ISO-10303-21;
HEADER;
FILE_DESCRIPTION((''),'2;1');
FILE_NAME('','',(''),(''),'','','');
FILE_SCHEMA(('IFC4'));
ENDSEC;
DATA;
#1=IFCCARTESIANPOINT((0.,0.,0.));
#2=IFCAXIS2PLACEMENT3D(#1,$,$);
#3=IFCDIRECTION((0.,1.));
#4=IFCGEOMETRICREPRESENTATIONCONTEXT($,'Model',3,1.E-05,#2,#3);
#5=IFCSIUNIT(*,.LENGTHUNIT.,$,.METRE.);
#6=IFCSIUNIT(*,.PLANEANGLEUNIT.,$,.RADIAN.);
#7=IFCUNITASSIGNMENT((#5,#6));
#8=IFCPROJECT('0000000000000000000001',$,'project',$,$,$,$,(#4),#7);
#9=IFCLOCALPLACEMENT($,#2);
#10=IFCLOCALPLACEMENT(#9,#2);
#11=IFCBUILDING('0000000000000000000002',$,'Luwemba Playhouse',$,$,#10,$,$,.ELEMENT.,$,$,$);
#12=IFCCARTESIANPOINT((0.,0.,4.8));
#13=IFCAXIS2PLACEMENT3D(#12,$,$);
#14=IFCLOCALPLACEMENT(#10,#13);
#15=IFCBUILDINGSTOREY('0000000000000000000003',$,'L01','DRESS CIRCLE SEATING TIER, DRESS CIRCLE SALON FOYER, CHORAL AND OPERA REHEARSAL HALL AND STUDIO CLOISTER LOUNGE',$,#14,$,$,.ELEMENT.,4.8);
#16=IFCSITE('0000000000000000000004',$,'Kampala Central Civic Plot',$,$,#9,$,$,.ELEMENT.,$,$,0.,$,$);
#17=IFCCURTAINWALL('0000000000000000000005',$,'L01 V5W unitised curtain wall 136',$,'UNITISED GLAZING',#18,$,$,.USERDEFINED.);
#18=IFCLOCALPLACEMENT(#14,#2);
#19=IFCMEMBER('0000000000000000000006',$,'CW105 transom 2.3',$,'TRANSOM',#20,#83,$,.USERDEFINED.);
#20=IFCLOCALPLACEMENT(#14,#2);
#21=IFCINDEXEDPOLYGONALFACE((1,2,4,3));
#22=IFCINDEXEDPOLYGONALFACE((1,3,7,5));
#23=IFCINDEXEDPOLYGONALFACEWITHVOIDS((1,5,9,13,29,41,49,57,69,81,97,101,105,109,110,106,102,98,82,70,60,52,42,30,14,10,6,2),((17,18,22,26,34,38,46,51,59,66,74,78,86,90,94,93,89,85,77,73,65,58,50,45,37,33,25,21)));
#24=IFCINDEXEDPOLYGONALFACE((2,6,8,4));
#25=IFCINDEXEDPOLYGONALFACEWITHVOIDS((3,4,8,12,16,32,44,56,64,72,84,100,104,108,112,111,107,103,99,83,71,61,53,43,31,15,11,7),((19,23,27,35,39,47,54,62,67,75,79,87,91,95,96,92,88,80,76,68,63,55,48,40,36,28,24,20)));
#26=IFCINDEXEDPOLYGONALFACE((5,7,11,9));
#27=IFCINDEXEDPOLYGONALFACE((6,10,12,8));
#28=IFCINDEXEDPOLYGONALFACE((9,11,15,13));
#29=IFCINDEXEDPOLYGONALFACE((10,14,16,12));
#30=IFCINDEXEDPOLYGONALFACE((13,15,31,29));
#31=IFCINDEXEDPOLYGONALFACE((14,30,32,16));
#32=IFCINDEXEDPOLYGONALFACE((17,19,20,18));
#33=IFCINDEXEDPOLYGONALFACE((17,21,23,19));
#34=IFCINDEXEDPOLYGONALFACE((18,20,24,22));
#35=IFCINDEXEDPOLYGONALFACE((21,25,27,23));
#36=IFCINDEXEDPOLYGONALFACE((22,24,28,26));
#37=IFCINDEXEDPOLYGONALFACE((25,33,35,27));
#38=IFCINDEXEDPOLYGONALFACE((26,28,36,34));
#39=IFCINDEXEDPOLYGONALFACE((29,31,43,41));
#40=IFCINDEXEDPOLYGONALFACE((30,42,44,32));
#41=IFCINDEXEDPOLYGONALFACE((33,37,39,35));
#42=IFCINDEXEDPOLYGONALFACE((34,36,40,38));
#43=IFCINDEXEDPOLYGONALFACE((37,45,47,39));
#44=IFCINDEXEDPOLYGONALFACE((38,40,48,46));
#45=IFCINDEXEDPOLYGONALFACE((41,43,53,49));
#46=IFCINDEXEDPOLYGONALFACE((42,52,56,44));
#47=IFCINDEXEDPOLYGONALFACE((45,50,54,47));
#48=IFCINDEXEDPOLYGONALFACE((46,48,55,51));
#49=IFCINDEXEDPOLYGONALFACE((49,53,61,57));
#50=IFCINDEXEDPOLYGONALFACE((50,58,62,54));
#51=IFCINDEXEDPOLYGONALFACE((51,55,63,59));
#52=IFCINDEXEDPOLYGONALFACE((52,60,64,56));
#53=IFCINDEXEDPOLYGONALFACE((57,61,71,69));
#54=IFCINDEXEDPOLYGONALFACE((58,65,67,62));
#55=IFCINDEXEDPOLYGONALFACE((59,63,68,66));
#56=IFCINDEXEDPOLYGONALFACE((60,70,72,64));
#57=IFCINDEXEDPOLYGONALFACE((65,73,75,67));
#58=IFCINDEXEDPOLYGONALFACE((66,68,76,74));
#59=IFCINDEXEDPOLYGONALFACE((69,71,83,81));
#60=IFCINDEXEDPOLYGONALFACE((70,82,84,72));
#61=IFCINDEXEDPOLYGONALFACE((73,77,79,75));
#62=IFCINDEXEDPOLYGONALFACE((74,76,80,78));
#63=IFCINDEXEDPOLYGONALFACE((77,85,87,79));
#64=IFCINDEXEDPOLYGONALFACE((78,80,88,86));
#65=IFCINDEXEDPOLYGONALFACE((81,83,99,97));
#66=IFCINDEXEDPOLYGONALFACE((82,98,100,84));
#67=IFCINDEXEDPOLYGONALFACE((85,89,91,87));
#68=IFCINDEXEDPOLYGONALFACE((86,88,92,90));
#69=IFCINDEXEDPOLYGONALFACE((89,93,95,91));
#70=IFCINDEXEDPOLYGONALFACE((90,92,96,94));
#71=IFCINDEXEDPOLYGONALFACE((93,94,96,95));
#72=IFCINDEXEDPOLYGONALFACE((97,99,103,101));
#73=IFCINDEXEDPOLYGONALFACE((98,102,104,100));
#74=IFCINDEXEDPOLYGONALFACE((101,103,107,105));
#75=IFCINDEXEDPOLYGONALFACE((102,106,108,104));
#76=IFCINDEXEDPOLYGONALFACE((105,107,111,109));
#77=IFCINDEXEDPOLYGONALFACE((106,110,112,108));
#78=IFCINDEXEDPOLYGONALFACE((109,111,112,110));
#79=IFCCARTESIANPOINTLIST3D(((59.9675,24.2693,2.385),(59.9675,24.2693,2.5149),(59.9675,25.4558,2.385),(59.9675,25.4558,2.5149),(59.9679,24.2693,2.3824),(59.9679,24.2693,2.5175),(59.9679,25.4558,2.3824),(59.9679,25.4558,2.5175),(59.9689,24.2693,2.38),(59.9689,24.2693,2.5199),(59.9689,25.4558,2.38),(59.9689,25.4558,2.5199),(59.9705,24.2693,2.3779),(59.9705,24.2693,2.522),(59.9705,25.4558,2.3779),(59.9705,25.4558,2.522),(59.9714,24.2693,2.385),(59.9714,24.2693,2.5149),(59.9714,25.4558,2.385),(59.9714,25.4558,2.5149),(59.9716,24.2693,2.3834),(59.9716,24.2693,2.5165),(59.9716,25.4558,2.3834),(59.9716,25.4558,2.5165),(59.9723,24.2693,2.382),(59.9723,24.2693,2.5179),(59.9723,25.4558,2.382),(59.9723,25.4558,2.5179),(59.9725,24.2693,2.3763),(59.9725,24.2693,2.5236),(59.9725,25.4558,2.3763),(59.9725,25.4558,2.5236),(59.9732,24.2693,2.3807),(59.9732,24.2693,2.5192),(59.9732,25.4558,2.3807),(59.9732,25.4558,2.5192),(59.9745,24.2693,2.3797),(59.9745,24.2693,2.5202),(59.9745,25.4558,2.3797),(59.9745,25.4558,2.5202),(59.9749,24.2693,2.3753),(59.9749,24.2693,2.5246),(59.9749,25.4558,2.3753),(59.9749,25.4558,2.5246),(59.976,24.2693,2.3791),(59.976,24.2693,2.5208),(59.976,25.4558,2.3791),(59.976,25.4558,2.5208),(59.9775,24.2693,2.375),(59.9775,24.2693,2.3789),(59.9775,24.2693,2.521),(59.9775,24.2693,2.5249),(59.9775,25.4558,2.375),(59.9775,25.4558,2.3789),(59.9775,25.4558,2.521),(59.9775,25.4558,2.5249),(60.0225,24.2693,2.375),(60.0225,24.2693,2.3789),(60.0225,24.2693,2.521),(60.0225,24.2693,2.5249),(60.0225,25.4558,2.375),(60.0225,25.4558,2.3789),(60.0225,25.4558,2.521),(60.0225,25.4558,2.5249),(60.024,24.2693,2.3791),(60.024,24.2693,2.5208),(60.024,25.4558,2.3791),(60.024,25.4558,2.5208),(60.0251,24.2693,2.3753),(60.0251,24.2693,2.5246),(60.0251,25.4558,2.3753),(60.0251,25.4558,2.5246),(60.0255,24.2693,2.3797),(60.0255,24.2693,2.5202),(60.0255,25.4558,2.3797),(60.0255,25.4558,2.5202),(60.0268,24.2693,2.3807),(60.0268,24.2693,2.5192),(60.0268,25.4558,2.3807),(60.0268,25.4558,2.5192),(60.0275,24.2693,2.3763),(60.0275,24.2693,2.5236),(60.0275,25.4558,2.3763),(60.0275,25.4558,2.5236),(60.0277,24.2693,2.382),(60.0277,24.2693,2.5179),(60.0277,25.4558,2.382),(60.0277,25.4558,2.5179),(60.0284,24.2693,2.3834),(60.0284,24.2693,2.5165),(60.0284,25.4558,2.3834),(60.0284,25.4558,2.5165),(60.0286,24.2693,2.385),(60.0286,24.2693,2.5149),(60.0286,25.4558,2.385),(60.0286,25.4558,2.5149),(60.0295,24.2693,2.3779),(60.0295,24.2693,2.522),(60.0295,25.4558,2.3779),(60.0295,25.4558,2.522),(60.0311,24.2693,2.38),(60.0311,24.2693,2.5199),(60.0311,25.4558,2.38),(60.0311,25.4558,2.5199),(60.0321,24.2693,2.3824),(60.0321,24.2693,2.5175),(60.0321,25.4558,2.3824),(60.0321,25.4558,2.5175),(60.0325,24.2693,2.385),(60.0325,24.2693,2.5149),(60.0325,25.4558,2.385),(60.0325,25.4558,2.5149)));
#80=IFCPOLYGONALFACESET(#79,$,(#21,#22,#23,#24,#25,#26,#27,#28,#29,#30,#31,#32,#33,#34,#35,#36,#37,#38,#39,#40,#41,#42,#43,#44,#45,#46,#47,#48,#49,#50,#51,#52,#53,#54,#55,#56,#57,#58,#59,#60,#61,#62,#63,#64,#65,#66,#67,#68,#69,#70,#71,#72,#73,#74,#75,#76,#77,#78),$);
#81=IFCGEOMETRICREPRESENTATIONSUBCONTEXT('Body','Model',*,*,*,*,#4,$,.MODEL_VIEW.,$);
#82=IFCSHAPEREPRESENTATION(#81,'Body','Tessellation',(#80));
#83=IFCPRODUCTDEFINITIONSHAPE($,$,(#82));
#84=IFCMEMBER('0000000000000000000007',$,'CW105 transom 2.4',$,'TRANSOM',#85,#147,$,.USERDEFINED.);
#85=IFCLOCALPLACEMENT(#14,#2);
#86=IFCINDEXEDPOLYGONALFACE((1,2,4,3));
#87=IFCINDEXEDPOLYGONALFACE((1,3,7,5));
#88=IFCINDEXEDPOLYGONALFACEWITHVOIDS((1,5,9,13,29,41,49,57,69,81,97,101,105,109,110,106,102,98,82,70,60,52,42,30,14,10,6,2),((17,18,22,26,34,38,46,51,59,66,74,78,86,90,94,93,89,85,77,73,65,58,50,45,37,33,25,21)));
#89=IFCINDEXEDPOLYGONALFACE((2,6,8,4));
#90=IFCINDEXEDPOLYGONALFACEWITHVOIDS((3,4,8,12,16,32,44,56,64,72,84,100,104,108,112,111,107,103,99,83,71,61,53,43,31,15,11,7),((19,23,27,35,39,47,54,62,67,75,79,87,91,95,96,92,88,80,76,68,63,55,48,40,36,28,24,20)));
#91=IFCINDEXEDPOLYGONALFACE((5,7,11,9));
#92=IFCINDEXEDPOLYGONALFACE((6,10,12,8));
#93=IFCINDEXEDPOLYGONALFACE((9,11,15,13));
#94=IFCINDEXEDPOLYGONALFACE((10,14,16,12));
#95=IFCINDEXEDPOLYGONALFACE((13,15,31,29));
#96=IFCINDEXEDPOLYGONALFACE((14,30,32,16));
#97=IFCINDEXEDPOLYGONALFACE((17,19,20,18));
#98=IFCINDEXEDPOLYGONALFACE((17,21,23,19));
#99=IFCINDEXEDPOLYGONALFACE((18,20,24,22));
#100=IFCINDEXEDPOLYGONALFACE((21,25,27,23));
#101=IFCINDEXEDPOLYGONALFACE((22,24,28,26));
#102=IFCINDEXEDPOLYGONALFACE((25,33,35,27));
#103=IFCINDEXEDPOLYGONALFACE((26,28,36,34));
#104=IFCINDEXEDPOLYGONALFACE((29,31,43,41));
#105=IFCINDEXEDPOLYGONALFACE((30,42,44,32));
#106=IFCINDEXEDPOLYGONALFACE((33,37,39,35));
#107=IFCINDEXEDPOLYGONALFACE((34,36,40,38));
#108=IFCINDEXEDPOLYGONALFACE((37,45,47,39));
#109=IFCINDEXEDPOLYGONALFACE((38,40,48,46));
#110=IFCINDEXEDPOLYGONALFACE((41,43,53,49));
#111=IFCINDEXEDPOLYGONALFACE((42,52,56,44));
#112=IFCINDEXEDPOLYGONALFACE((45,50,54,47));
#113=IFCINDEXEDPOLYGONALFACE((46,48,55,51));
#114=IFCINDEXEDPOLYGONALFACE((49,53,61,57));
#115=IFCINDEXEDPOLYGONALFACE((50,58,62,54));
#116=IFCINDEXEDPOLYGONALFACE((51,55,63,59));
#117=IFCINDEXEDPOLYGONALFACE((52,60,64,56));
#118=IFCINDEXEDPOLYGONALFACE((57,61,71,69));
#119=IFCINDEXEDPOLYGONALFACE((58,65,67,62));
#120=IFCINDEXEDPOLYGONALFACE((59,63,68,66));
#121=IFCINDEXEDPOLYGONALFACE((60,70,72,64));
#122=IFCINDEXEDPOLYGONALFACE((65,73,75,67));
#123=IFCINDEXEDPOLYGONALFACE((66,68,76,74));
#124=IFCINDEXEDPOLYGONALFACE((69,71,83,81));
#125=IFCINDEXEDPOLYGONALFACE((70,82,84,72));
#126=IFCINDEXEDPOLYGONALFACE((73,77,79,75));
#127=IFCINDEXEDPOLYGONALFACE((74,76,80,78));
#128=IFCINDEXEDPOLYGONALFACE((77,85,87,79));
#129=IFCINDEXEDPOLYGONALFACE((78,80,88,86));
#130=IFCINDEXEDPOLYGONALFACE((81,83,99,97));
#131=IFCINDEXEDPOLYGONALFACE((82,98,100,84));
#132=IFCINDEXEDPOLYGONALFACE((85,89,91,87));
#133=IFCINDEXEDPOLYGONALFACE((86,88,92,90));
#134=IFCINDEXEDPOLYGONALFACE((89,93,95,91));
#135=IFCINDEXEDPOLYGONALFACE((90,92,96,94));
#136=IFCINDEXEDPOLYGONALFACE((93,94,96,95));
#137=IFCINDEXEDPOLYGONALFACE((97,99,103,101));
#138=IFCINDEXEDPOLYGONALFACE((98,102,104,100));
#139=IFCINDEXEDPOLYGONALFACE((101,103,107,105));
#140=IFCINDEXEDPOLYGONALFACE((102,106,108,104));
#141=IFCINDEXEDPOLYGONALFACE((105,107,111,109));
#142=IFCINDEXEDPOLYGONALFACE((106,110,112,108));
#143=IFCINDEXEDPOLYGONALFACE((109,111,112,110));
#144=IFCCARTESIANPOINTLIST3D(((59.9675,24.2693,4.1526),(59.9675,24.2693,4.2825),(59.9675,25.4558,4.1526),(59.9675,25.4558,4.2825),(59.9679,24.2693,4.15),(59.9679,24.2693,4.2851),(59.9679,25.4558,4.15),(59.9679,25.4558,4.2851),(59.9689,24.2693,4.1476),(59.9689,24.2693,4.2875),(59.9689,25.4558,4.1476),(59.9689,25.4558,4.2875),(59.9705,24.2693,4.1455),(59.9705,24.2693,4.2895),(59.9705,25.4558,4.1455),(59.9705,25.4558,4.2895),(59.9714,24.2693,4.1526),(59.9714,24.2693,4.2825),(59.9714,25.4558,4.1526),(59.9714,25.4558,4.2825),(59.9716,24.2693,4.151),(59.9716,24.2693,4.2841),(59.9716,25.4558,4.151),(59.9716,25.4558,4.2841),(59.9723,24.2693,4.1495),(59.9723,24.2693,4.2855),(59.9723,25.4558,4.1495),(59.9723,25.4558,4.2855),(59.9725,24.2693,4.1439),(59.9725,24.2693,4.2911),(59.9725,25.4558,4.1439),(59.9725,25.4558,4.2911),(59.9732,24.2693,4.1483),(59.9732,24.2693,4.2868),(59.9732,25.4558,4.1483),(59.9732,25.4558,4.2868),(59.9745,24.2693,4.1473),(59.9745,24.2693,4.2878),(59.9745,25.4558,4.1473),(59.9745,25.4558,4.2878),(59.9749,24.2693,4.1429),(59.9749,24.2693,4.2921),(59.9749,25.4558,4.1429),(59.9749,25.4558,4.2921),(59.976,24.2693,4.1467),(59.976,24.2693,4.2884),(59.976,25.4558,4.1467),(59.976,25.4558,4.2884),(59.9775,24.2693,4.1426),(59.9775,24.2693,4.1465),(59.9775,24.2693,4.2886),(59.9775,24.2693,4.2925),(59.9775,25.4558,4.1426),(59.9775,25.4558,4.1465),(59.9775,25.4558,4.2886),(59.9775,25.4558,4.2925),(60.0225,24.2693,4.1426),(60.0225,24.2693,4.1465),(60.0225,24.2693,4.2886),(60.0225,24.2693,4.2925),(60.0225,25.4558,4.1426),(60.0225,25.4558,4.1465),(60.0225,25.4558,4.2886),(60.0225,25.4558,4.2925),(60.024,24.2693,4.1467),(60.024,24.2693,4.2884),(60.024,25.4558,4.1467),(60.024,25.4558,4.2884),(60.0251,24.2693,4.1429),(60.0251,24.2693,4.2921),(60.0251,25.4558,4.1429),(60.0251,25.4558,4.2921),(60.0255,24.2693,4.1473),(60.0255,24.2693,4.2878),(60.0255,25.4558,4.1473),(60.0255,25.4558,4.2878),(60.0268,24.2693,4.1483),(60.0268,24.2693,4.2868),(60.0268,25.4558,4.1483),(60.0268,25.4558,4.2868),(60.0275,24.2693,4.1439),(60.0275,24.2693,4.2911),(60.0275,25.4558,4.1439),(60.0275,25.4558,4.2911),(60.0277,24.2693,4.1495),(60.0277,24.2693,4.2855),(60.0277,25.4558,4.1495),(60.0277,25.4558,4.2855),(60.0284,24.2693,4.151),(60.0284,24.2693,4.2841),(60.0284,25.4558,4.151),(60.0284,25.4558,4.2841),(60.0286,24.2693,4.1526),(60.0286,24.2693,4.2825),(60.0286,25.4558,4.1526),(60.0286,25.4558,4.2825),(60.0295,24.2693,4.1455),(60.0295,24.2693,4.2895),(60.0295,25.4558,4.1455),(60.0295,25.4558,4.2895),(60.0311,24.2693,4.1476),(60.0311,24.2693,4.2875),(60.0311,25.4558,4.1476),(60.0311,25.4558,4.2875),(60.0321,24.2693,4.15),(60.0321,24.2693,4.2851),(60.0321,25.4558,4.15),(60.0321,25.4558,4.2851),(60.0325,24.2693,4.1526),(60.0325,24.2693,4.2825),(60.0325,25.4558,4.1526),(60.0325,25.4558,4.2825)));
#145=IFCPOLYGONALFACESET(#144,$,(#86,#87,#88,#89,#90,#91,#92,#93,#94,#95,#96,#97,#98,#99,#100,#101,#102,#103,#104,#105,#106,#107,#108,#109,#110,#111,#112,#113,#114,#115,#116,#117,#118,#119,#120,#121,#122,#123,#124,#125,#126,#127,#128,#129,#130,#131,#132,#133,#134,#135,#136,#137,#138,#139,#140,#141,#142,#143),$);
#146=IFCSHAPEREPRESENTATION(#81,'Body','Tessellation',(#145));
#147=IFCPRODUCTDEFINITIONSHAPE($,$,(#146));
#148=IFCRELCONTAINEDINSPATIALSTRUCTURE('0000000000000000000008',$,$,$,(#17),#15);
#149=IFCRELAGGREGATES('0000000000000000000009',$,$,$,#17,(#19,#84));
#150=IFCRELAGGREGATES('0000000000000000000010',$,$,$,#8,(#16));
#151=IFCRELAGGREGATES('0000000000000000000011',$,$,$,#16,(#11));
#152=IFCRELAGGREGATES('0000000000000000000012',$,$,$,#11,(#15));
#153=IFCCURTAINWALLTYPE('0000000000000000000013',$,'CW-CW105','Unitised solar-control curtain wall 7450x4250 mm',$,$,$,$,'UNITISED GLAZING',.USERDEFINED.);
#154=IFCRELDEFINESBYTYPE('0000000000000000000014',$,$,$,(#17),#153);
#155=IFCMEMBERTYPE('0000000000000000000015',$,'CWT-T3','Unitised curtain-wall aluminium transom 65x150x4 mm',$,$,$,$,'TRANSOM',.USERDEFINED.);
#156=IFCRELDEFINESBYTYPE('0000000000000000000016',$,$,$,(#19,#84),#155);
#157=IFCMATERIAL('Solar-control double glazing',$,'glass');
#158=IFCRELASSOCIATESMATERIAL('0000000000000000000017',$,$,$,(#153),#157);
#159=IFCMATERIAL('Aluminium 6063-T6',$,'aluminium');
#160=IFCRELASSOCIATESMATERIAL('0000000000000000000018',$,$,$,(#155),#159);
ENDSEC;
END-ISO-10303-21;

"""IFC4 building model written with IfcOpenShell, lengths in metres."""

from ifc_helpers import new_model, si_unit, direction, frame, origin, origin_2d, place, context, subcontext, project, spatial, hollow_rectangle, extrude, material, material_profile, profile_set, type_object, element, aggregate, save


model = new_model("IFC4")

# Units and contexts
model_context = context("Model", 3, precision=1e-05, world=origin(), true_north=direction((0.0, 1.0)))
body_context = subcontext(model_context, "Body", "Model", "MODEL_VIEW")
ifc_project = project(units=[si_unit("LENGTHUNIT", "METRE"), si_unit("PLANEANGLEUNIT", "RADIAN")], contexts=[model_context])

# Site, building, storey
site_placement = place(None, origin())
site = spatial("IfcSite", under=ifc_project, at=site_placement, Name="Kampala Central Civic Plot", CompositionType="ELEMENT", RefElevation=0.0)
building_placement = place(site_placement, origin())
building = spatial("IfcBuilding", under=site, at=building_placement, Name="Luwemba Playhouse", CompositionType="ELEMENT")
storey_placement = place(building_placement, frame((0.0, 0.0, 4.8)))
storey = spatial("IfcBuildingStorey", under=building, at=storey_placement, Name="L01", Description="DRESS CIRCLE SEATING TIER, DRESS CIRCLE SALON FOYER, CHORAL AND OPERA REHEARSAL HALL AND STUDIO CLOISTER LOUNGE", CompositionType="ELEMENT", Elevation=4.8)

# Curtain wall, members
ifc_material_1 = material(Name="Solar-control double glazing", Category="glass")
curtain_wall_type = type_object("IfcCurtainWallType", Name="CW-CW105", Description="Unitised solar-control curtain wall 7450x4250 mm", ElementType="UNITISED GLAZING", PredefinedType="USERDEFINED", material=ifc_material_1)
curtain_wall_placement = place(storey_placement, origin())
curtain_wall = element("IfcCurtainWall", 1, at=curtain_wall_placement, inside=storey, type_object=curtain_wall_type, Name="L01 V5W unitised curtain wall 136", ObjectType="UNITISED GLAZING", PredefinedType="USERDEFINED")
ifc_material_2 = material(Name="Aluminium 6063-T6", Category="aluminium")
ifc_material_profile_1 = material_profile(ifc_material_2, hollow_rectangle(XDim=0.0649, YDim=0.1499, WallThickness=0.0039, InnerFilletRadius=0.0061, OuterFilletRadius=0.01, at=origin_2d()))
ifc_profile_set_1 = profile_set([ifc_material_profile_1], Name="Aluminium 6063-T6")
member_type_1 = type_object("IfcMemberType", Name="CWT-T3", Description="Unitised curtain-wall aluminium transom 65x150x4 mm", ElementType="TRANSOM", PredefinedType="USERDEFINED", material=ifc_profile_set_1)
member_1_placement = place(storey_placement, frame((60.0, 25.4558, 2.45), z_axis=(0.0, -1.0, 0.0), x_axis=(1.0, 0.0, 0.0)))
member_1 = element("IfcMember", 2, at=member_1_placement, type_object=member_type_1, Name="CW105 transom 2.3", ObjectType="TRANSOM", PredefinedType="USERDEFINED", context=body_context, shape_type="SweptSolid", body=[
    extrude(hollow_rectangle(XDim=0.0649, YDim=0.1499, WallThickness=0.0039, InnerFilletRadius=0.0061, OuterFilletRadius=0.01, at=origin_2d()), origin(), (0.0, 0.0, 1.0), 1.1865),
])
member_2_placement = place(storey_placement, frame((60.0, 25.4558, 4.2175), z_axis=(0.0, -1.0, 0.0), x_axis=(1.0, 0.0, 0.0)))
member_2 = element("IfcMember", 3, at=member_2_placement, type_object=member_type_1, Name="CW105 transom 2.4", ObjectType="TRANSOM", PredefinedType="USERDEFINED", context=body_context, shape_type="SweptSolid", body=[
    extrude(hollow_rectangle(XDim=0.0649, YDim=0.1499, WallThickness=0.0039, InnerFilletRadius=0.0061, OuterFilletRadius=0.01, at=origin_2d()), origin(), (0.0, 0.0, 1.0), 1.1865),
])
aggregate(curtain_wall, [member_1, member_2])

save(model, "model.ifc")
